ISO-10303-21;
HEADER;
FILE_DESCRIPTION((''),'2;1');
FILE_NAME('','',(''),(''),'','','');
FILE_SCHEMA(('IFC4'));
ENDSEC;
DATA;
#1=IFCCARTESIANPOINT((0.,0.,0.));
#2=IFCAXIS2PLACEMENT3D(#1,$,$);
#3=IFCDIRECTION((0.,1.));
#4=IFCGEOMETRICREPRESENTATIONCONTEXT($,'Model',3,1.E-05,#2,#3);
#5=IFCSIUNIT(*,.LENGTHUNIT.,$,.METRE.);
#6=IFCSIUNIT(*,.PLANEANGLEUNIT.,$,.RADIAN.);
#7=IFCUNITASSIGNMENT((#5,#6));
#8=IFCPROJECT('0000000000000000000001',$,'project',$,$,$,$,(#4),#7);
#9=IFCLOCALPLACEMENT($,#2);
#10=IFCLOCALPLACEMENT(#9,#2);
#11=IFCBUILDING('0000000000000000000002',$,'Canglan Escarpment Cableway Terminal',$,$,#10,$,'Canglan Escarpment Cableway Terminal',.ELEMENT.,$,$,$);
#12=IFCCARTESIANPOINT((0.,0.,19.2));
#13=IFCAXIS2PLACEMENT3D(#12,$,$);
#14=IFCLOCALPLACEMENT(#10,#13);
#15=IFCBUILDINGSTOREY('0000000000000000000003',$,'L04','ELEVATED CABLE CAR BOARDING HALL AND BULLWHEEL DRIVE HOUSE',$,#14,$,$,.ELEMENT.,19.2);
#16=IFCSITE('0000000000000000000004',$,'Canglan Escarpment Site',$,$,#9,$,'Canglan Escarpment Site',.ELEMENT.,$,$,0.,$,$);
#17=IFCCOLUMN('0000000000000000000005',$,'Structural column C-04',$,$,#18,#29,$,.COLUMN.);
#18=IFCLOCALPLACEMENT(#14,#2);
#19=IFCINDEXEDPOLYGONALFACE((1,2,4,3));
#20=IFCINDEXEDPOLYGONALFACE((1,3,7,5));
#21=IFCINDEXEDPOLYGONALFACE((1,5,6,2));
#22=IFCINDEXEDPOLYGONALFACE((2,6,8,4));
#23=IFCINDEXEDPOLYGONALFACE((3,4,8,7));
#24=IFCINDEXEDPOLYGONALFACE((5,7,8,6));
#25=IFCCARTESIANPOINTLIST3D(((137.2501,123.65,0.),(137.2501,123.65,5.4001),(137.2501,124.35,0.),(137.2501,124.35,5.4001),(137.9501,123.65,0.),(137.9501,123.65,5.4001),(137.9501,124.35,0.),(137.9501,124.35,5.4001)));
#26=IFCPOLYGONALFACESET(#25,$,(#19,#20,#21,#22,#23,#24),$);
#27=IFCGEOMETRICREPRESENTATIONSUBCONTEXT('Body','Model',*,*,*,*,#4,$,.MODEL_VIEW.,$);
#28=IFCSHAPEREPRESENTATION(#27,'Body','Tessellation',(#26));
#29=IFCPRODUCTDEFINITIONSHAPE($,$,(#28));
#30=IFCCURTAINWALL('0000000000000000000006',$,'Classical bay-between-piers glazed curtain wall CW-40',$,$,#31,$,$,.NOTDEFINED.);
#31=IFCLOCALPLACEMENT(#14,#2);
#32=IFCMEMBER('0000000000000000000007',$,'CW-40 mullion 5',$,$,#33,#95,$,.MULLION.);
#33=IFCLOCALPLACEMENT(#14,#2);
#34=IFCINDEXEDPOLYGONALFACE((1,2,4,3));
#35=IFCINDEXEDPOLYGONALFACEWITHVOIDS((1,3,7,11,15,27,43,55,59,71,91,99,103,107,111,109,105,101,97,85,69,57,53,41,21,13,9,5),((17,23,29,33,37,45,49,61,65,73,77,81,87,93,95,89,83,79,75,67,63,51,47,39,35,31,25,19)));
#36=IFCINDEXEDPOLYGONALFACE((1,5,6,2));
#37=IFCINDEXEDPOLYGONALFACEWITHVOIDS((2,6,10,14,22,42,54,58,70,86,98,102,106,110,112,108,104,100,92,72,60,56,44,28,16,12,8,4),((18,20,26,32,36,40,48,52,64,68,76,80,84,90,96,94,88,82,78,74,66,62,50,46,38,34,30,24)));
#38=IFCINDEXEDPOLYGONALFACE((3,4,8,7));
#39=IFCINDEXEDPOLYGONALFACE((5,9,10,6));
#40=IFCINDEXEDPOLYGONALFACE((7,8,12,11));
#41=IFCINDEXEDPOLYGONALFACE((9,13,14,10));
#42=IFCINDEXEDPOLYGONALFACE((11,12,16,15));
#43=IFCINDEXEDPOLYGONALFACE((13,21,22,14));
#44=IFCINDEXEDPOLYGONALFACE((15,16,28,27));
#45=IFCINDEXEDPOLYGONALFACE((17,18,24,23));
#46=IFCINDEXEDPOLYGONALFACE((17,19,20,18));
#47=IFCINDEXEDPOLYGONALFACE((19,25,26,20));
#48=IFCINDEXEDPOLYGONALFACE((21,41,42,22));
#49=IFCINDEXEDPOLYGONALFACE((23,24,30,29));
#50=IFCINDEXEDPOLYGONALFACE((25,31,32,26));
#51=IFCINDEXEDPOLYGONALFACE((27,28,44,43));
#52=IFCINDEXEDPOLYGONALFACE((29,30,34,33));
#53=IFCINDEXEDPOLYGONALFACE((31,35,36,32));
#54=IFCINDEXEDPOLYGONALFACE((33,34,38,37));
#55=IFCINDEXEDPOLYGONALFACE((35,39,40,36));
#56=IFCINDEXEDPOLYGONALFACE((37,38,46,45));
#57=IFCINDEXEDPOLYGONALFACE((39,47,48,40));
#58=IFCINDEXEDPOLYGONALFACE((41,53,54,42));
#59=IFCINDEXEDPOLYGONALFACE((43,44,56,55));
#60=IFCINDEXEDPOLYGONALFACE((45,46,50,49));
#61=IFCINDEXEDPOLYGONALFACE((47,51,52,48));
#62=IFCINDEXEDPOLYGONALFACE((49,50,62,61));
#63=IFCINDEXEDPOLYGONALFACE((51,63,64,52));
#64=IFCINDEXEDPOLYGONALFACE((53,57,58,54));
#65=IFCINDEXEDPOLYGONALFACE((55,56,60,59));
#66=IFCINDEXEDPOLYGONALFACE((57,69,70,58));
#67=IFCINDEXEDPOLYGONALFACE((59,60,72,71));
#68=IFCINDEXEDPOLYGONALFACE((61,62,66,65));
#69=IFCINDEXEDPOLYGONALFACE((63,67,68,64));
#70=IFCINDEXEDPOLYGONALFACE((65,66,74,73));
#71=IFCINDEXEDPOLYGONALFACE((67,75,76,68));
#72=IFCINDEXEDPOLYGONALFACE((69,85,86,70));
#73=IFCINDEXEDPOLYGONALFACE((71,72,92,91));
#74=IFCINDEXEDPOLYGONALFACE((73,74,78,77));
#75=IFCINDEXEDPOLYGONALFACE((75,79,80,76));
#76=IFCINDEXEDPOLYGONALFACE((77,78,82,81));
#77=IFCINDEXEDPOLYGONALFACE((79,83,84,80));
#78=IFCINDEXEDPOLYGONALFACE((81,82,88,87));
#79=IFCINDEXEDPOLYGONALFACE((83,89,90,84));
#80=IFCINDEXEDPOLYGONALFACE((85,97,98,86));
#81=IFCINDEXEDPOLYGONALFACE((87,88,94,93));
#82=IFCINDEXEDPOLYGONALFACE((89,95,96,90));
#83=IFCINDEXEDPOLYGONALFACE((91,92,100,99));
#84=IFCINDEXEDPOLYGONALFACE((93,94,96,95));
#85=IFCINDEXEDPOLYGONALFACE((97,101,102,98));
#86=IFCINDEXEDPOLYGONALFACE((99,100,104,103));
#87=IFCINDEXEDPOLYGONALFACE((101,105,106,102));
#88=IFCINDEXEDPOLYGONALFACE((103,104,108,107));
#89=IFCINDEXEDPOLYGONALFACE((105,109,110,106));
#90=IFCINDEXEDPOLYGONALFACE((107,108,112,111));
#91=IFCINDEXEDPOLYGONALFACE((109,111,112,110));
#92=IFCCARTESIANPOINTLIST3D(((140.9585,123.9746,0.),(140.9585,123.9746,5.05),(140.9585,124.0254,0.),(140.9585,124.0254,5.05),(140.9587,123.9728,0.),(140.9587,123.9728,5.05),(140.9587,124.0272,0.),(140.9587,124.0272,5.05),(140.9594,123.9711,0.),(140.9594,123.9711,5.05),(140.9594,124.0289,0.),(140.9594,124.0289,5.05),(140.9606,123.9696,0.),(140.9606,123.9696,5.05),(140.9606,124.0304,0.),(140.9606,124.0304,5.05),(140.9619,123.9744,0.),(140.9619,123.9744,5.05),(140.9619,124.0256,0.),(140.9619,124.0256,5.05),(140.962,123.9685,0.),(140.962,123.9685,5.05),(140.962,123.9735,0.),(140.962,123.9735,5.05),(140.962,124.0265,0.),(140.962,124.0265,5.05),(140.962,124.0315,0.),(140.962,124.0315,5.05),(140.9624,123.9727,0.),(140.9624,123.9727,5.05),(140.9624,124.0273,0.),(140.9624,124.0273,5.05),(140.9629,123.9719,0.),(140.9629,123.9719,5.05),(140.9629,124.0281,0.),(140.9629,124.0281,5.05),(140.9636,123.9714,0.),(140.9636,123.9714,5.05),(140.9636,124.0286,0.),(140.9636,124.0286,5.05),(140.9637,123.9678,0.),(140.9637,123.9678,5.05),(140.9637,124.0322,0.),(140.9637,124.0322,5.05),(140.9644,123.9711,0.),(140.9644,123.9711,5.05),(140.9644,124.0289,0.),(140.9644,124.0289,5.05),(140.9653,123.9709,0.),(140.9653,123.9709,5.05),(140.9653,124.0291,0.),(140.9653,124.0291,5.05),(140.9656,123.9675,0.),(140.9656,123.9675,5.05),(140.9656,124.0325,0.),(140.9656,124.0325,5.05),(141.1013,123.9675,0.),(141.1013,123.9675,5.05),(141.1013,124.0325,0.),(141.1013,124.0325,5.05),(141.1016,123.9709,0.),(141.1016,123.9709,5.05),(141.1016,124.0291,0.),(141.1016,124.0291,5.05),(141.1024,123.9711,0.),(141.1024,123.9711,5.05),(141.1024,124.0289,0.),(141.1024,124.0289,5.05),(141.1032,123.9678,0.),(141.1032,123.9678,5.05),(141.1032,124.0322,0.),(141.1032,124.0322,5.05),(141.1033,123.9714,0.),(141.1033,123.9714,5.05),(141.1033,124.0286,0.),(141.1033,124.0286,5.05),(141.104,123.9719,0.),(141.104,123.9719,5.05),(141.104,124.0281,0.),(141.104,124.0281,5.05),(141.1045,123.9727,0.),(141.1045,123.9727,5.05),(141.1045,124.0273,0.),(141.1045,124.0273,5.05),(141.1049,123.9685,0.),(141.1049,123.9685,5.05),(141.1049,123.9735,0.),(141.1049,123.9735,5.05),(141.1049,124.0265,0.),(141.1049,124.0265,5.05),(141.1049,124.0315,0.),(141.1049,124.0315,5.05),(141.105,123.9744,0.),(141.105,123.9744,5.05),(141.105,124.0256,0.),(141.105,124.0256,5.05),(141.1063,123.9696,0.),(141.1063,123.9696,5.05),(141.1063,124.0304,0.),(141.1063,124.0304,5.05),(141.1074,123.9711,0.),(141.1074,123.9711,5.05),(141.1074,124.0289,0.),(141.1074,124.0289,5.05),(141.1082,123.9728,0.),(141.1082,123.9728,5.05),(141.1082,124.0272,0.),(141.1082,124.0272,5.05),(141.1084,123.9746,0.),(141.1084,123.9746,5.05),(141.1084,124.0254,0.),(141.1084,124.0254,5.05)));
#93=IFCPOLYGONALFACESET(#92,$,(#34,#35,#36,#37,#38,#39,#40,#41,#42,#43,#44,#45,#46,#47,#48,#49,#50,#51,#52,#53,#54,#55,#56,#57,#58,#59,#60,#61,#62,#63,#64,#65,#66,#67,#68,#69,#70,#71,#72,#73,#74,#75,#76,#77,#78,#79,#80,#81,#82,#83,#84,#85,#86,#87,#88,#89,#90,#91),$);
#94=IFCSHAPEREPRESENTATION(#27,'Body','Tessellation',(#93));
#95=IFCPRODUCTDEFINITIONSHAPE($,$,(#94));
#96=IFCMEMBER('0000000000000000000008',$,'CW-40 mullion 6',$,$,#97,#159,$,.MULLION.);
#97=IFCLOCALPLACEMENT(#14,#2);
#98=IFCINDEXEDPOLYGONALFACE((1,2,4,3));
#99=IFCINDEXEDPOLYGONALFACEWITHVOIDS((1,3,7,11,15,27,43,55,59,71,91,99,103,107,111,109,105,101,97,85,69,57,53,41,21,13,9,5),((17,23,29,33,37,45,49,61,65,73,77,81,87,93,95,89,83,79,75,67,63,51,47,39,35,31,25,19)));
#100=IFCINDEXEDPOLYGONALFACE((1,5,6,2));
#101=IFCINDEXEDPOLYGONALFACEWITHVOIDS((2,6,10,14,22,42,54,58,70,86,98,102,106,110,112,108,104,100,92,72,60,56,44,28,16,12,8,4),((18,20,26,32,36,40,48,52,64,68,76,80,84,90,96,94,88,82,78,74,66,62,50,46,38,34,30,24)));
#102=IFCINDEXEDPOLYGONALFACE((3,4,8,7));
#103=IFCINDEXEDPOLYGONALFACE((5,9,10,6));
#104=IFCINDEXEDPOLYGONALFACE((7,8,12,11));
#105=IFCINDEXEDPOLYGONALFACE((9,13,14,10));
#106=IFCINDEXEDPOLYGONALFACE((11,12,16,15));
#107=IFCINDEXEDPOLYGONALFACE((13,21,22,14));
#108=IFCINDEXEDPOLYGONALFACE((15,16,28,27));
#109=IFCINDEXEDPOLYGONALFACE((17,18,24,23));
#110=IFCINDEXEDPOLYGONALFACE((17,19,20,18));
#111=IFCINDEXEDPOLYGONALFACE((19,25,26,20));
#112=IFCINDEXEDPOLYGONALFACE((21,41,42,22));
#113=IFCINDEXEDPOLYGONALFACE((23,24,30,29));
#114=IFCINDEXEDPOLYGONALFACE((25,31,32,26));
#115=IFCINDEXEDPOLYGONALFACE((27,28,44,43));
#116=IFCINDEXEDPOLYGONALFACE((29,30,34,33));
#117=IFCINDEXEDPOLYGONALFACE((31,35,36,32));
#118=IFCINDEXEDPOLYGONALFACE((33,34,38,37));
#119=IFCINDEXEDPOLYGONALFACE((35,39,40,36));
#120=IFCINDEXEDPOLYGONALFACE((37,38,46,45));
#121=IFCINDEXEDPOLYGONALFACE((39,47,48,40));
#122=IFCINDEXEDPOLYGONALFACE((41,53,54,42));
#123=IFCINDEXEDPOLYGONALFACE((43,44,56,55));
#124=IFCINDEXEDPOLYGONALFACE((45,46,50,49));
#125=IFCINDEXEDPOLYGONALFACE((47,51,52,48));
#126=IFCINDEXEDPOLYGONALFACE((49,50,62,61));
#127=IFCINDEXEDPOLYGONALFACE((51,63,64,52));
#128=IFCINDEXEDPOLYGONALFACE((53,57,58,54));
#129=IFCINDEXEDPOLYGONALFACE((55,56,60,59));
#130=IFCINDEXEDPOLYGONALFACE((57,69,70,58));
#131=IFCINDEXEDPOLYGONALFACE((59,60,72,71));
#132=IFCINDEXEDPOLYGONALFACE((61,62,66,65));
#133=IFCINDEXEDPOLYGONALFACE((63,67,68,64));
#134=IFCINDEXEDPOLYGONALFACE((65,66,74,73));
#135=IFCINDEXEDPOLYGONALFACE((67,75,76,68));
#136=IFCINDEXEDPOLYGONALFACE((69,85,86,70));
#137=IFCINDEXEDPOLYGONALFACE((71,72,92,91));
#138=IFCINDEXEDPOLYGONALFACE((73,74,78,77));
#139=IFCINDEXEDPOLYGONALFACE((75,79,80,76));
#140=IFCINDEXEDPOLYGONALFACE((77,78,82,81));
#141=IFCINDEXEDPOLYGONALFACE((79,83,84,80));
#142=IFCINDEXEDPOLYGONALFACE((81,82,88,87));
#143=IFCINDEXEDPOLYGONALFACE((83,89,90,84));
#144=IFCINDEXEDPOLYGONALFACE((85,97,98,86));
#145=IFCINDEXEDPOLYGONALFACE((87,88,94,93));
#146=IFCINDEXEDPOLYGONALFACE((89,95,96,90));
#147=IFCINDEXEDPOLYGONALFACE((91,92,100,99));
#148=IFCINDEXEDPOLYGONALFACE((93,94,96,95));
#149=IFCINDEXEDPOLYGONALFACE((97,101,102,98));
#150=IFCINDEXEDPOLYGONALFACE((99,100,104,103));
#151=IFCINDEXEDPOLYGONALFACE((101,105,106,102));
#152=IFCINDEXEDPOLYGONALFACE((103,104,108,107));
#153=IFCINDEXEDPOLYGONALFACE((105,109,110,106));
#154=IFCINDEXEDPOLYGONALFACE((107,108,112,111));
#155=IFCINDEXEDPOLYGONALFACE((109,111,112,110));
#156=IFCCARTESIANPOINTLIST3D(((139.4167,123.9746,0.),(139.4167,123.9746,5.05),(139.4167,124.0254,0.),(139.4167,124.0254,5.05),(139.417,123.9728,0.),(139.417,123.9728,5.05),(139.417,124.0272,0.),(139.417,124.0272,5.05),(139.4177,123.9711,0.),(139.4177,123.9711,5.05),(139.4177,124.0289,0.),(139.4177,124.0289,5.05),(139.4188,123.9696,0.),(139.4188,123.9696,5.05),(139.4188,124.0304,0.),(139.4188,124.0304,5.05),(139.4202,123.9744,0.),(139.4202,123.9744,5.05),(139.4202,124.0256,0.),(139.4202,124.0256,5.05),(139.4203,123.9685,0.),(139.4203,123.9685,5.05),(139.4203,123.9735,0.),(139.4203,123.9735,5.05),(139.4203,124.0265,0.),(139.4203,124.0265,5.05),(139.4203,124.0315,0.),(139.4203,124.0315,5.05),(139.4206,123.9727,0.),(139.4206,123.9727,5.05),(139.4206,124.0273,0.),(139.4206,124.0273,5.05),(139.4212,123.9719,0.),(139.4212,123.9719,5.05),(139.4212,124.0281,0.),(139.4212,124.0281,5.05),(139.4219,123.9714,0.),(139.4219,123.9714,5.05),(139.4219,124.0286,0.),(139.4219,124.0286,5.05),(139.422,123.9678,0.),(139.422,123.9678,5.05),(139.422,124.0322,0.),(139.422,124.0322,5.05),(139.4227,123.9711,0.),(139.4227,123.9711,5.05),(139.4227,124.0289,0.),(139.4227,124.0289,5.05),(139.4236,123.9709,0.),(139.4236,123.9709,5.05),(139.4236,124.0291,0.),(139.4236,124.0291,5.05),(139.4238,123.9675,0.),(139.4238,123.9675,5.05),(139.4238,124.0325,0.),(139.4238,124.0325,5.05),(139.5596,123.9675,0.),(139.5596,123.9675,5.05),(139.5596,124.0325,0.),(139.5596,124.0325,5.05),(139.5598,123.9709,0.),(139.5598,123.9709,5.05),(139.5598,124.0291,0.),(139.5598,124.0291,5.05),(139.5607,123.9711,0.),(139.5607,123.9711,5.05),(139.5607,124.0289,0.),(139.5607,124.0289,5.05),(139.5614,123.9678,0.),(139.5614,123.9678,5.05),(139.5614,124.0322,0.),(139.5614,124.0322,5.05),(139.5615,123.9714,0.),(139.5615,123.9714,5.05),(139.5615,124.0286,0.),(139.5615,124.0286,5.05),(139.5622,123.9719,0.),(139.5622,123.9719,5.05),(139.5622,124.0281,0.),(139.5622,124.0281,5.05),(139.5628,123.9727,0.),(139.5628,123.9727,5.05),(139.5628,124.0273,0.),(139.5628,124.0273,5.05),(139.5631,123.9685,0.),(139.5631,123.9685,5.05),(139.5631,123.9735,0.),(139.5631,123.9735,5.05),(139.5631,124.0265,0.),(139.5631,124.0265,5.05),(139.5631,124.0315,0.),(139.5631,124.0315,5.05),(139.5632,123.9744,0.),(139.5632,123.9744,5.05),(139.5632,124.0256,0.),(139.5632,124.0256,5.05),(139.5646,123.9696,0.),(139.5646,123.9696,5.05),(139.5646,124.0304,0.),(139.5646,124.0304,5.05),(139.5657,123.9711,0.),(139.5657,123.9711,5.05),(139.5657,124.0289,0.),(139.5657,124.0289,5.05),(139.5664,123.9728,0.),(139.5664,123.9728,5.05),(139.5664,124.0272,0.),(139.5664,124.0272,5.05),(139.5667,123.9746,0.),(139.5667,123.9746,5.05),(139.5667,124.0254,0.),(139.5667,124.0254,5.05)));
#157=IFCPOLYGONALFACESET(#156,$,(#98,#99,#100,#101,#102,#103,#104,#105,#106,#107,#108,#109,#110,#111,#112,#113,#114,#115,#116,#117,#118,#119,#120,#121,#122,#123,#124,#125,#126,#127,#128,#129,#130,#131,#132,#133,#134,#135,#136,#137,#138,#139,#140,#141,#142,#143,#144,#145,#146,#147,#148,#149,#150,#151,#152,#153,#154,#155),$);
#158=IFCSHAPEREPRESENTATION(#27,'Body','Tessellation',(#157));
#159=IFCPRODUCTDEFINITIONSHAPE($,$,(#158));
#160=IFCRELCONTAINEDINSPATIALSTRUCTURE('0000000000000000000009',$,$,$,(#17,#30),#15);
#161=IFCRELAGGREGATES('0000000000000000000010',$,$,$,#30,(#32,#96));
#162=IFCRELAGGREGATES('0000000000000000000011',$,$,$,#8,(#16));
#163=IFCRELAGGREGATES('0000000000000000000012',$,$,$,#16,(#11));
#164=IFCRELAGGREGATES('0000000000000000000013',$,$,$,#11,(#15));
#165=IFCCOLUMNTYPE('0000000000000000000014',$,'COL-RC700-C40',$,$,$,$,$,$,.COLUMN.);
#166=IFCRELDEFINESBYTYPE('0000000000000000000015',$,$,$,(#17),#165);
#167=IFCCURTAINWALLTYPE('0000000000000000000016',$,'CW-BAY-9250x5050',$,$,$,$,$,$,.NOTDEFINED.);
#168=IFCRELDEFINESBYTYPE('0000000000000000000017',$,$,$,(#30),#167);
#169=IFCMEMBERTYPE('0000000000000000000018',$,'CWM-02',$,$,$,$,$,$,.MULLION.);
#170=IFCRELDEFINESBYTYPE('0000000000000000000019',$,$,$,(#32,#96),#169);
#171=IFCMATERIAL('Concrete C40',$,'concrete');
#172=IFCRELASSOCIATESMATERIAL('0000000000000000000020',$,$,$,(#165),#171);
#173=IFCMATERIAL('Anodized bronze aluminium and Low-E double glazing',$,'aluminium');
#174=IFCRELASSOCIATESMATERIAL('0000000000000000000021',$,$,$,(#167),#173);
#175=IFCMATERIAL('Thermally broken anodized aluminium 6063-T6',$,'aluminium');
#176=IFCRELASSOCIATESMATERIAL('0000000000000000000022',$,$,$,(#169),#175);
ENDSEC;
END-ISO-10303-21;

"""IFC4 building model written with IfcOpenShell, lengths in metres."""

from ifc_helpers import new_model, si_unit, direction, frame, origin, origin_2d, place, context, subcontext, project, spatial, rectangle, hollow_rectangle, extrude, material, material_profile, profile_set, type_object, element, aggregate, save


model = new_model("IFC4")

# Units and contexts
model_context = context("Model", 3, precision=1e-05, world=origin(), true_north=direction((0.0, 1.0)))
body_context = subcontext(model_context, "Body", "Model", "MODEL_VIEW")
ifc_project = project(units=[si_unit("LENGTHUNIT", "METRE"), si_unit("PLANEANGLEUNIT", "RADIAN")], contexts=[model_context])

# Site, building, storey
site_placement = place(None, origin())
site = spatial("IfcSite", under=ifc_project, at=site_placement, Name="Canglan Escarpment Site", LongName="Canglan Escarpment Site", CompositionType="ELEMENT", RefElevation=0.0)
building_placement = place(site_placement, origin())
building = spatial("IfcBuilding", under=site, at=building_placement, Name="Canglan Escarpment Cableway Terminal", LongName="Canglan Escarpment Cableway Terminal", CompositionType="ELEMENT")
storey_placement = place(building_placement, frame((0.0, 0.0, 19.2)))
storey = spatial("IfcBuildingStorey", under=building, at=storey_placement, Name="L04", Description="ELEVATED CABLE CAR BOARDING HALL AND BULLWHEEL DRIVE HOUSE", CompositionType="ELEMENT", Elevation=19.2)

# Column
ifc_material_1 = material(Name="Concrete C40", Category="concrete")
ifc_material_profile_1 = material_profile(ifc_material_1, rectangle(XDim=0.7, YDim=0.7, at=origin_2d()), Name="RC 700x700")
ifc_profile_set_1 = profile_set([ifc_material_profile_1], Name="Concrete C40")
column_type = type_object("IfcColumnType", Name="COL-RC700-C40", PredefinedType="COLUMN", material=ifc_profile_set_1)
column_placement = place(storey_placement, frame((137.6001, 124.0, 0.0), z_axis=(0.0, 0.0, 1.0), x_axis=(1.0, 0.0, 0.0)))
element("IfcColumn", 1, at=column_placement, inside=storey, type_object=column_type, Name="Structural column C-04", PredefinedType="COLUMN", context=body_context, shape_type="SweptSolid", body=[
    extrude(rectangle(XDim=0.7, YDim=0.7, at=origin_2d()), origin(), (0.0, 0.0, 1.0), 5.4001),
])

# Curtain wall, members
ifc_material_2 = material(Name="Anodized bronze aluminium and Low-E double glazing", Category="aluminium")
curtain_wall_type_1 = type_object("IfcCurtainWallType", Name="CW-BAY-9250x5050", PredefinedType="NOTDEFINED", material=ifc_material_2)
curtain_wall_1_placement = place(storey_placement, origin())
curtain_wall_1 = element("IfcCurtainWall", 2, at=curtain_wall_1_placement, inside=storey, type_object=curtain_wall_type_1, Name="Classical bay-between-piers glazed curtain wall CW-40", PredefinedType="NOTDEFINED")
ifc_material_3 = material(Name="Thermally broken anodized aluminium 6063-T6", Category="aluminium")
ifc_material_profile_2 = material_profile(ifc_material_3, hollow_rectangle(XDim=0.0649, YDim=0.1499, WallThickness=0.0034, InnerFilletRadius=0.0034, OuterFilletRadius=0.0071, at=origin_2d()), Name="ALU-MULL 65x150x3.5")
ifc_profile_set_2 = profile_set([ifc_material_profile_2], Name="Thermally broken anodized aluminium 6063-T6")
member_type_1 = type_object("IfcMemberType", Name="CWM-02", PredefinedType="MULLION", material=ifc_profile_set_2)
member_1_placement = place(storey_placement, frame((141.0334, 124.0, 0.0), z_axis=(0.0, 0.0, 1.0), x_axis=(0.0, -1.0, 0.0)))
member_1 = element("IfcMember", 3, at=member_1_placement, type_object=member_type_1, Name="CW-40 mullion 5", PredefinedType="MULLION", context=body_context, shape_type="SweptSolid", body=[
    extrude(hollow_rectangle(XDim=0.0649, YDim=0.1499, WallThickness=0.0034, InnerFilletRadius=0.0034, OuterFilletRadius=0.0071, at=origin_2d()), origin(), (0.0, 0.0, 1.0), 5.05),
])
member_2_placement = place(storey_placement, frame((139.4917, 124.0, 0.0), z_axis=(0.0, 0.0, 1.0), x_axis=(0.0, -1.0, 0.0)))
member_2 = element("IfcMember", 4, at=member_2_placement, type_object=member_type_1, Name="CW-40 mullion 6", PredefinedType="MULLION", context=body_context, shape_type="SweptSolid", body=[
    extrude(hollow_rectangle(XDim=0.0649, YDim=0.1499, WallThickness=0.0034, InnerFilletRadius=0.0034, OuterFilletRadius=0.0071, at=origin_2d()), origin(), (0.0, 0.0, 1.0), 5.05),
])

aggregate(curtain_wall_1, [member_1, member_2])

save(model, "model.ifc")
